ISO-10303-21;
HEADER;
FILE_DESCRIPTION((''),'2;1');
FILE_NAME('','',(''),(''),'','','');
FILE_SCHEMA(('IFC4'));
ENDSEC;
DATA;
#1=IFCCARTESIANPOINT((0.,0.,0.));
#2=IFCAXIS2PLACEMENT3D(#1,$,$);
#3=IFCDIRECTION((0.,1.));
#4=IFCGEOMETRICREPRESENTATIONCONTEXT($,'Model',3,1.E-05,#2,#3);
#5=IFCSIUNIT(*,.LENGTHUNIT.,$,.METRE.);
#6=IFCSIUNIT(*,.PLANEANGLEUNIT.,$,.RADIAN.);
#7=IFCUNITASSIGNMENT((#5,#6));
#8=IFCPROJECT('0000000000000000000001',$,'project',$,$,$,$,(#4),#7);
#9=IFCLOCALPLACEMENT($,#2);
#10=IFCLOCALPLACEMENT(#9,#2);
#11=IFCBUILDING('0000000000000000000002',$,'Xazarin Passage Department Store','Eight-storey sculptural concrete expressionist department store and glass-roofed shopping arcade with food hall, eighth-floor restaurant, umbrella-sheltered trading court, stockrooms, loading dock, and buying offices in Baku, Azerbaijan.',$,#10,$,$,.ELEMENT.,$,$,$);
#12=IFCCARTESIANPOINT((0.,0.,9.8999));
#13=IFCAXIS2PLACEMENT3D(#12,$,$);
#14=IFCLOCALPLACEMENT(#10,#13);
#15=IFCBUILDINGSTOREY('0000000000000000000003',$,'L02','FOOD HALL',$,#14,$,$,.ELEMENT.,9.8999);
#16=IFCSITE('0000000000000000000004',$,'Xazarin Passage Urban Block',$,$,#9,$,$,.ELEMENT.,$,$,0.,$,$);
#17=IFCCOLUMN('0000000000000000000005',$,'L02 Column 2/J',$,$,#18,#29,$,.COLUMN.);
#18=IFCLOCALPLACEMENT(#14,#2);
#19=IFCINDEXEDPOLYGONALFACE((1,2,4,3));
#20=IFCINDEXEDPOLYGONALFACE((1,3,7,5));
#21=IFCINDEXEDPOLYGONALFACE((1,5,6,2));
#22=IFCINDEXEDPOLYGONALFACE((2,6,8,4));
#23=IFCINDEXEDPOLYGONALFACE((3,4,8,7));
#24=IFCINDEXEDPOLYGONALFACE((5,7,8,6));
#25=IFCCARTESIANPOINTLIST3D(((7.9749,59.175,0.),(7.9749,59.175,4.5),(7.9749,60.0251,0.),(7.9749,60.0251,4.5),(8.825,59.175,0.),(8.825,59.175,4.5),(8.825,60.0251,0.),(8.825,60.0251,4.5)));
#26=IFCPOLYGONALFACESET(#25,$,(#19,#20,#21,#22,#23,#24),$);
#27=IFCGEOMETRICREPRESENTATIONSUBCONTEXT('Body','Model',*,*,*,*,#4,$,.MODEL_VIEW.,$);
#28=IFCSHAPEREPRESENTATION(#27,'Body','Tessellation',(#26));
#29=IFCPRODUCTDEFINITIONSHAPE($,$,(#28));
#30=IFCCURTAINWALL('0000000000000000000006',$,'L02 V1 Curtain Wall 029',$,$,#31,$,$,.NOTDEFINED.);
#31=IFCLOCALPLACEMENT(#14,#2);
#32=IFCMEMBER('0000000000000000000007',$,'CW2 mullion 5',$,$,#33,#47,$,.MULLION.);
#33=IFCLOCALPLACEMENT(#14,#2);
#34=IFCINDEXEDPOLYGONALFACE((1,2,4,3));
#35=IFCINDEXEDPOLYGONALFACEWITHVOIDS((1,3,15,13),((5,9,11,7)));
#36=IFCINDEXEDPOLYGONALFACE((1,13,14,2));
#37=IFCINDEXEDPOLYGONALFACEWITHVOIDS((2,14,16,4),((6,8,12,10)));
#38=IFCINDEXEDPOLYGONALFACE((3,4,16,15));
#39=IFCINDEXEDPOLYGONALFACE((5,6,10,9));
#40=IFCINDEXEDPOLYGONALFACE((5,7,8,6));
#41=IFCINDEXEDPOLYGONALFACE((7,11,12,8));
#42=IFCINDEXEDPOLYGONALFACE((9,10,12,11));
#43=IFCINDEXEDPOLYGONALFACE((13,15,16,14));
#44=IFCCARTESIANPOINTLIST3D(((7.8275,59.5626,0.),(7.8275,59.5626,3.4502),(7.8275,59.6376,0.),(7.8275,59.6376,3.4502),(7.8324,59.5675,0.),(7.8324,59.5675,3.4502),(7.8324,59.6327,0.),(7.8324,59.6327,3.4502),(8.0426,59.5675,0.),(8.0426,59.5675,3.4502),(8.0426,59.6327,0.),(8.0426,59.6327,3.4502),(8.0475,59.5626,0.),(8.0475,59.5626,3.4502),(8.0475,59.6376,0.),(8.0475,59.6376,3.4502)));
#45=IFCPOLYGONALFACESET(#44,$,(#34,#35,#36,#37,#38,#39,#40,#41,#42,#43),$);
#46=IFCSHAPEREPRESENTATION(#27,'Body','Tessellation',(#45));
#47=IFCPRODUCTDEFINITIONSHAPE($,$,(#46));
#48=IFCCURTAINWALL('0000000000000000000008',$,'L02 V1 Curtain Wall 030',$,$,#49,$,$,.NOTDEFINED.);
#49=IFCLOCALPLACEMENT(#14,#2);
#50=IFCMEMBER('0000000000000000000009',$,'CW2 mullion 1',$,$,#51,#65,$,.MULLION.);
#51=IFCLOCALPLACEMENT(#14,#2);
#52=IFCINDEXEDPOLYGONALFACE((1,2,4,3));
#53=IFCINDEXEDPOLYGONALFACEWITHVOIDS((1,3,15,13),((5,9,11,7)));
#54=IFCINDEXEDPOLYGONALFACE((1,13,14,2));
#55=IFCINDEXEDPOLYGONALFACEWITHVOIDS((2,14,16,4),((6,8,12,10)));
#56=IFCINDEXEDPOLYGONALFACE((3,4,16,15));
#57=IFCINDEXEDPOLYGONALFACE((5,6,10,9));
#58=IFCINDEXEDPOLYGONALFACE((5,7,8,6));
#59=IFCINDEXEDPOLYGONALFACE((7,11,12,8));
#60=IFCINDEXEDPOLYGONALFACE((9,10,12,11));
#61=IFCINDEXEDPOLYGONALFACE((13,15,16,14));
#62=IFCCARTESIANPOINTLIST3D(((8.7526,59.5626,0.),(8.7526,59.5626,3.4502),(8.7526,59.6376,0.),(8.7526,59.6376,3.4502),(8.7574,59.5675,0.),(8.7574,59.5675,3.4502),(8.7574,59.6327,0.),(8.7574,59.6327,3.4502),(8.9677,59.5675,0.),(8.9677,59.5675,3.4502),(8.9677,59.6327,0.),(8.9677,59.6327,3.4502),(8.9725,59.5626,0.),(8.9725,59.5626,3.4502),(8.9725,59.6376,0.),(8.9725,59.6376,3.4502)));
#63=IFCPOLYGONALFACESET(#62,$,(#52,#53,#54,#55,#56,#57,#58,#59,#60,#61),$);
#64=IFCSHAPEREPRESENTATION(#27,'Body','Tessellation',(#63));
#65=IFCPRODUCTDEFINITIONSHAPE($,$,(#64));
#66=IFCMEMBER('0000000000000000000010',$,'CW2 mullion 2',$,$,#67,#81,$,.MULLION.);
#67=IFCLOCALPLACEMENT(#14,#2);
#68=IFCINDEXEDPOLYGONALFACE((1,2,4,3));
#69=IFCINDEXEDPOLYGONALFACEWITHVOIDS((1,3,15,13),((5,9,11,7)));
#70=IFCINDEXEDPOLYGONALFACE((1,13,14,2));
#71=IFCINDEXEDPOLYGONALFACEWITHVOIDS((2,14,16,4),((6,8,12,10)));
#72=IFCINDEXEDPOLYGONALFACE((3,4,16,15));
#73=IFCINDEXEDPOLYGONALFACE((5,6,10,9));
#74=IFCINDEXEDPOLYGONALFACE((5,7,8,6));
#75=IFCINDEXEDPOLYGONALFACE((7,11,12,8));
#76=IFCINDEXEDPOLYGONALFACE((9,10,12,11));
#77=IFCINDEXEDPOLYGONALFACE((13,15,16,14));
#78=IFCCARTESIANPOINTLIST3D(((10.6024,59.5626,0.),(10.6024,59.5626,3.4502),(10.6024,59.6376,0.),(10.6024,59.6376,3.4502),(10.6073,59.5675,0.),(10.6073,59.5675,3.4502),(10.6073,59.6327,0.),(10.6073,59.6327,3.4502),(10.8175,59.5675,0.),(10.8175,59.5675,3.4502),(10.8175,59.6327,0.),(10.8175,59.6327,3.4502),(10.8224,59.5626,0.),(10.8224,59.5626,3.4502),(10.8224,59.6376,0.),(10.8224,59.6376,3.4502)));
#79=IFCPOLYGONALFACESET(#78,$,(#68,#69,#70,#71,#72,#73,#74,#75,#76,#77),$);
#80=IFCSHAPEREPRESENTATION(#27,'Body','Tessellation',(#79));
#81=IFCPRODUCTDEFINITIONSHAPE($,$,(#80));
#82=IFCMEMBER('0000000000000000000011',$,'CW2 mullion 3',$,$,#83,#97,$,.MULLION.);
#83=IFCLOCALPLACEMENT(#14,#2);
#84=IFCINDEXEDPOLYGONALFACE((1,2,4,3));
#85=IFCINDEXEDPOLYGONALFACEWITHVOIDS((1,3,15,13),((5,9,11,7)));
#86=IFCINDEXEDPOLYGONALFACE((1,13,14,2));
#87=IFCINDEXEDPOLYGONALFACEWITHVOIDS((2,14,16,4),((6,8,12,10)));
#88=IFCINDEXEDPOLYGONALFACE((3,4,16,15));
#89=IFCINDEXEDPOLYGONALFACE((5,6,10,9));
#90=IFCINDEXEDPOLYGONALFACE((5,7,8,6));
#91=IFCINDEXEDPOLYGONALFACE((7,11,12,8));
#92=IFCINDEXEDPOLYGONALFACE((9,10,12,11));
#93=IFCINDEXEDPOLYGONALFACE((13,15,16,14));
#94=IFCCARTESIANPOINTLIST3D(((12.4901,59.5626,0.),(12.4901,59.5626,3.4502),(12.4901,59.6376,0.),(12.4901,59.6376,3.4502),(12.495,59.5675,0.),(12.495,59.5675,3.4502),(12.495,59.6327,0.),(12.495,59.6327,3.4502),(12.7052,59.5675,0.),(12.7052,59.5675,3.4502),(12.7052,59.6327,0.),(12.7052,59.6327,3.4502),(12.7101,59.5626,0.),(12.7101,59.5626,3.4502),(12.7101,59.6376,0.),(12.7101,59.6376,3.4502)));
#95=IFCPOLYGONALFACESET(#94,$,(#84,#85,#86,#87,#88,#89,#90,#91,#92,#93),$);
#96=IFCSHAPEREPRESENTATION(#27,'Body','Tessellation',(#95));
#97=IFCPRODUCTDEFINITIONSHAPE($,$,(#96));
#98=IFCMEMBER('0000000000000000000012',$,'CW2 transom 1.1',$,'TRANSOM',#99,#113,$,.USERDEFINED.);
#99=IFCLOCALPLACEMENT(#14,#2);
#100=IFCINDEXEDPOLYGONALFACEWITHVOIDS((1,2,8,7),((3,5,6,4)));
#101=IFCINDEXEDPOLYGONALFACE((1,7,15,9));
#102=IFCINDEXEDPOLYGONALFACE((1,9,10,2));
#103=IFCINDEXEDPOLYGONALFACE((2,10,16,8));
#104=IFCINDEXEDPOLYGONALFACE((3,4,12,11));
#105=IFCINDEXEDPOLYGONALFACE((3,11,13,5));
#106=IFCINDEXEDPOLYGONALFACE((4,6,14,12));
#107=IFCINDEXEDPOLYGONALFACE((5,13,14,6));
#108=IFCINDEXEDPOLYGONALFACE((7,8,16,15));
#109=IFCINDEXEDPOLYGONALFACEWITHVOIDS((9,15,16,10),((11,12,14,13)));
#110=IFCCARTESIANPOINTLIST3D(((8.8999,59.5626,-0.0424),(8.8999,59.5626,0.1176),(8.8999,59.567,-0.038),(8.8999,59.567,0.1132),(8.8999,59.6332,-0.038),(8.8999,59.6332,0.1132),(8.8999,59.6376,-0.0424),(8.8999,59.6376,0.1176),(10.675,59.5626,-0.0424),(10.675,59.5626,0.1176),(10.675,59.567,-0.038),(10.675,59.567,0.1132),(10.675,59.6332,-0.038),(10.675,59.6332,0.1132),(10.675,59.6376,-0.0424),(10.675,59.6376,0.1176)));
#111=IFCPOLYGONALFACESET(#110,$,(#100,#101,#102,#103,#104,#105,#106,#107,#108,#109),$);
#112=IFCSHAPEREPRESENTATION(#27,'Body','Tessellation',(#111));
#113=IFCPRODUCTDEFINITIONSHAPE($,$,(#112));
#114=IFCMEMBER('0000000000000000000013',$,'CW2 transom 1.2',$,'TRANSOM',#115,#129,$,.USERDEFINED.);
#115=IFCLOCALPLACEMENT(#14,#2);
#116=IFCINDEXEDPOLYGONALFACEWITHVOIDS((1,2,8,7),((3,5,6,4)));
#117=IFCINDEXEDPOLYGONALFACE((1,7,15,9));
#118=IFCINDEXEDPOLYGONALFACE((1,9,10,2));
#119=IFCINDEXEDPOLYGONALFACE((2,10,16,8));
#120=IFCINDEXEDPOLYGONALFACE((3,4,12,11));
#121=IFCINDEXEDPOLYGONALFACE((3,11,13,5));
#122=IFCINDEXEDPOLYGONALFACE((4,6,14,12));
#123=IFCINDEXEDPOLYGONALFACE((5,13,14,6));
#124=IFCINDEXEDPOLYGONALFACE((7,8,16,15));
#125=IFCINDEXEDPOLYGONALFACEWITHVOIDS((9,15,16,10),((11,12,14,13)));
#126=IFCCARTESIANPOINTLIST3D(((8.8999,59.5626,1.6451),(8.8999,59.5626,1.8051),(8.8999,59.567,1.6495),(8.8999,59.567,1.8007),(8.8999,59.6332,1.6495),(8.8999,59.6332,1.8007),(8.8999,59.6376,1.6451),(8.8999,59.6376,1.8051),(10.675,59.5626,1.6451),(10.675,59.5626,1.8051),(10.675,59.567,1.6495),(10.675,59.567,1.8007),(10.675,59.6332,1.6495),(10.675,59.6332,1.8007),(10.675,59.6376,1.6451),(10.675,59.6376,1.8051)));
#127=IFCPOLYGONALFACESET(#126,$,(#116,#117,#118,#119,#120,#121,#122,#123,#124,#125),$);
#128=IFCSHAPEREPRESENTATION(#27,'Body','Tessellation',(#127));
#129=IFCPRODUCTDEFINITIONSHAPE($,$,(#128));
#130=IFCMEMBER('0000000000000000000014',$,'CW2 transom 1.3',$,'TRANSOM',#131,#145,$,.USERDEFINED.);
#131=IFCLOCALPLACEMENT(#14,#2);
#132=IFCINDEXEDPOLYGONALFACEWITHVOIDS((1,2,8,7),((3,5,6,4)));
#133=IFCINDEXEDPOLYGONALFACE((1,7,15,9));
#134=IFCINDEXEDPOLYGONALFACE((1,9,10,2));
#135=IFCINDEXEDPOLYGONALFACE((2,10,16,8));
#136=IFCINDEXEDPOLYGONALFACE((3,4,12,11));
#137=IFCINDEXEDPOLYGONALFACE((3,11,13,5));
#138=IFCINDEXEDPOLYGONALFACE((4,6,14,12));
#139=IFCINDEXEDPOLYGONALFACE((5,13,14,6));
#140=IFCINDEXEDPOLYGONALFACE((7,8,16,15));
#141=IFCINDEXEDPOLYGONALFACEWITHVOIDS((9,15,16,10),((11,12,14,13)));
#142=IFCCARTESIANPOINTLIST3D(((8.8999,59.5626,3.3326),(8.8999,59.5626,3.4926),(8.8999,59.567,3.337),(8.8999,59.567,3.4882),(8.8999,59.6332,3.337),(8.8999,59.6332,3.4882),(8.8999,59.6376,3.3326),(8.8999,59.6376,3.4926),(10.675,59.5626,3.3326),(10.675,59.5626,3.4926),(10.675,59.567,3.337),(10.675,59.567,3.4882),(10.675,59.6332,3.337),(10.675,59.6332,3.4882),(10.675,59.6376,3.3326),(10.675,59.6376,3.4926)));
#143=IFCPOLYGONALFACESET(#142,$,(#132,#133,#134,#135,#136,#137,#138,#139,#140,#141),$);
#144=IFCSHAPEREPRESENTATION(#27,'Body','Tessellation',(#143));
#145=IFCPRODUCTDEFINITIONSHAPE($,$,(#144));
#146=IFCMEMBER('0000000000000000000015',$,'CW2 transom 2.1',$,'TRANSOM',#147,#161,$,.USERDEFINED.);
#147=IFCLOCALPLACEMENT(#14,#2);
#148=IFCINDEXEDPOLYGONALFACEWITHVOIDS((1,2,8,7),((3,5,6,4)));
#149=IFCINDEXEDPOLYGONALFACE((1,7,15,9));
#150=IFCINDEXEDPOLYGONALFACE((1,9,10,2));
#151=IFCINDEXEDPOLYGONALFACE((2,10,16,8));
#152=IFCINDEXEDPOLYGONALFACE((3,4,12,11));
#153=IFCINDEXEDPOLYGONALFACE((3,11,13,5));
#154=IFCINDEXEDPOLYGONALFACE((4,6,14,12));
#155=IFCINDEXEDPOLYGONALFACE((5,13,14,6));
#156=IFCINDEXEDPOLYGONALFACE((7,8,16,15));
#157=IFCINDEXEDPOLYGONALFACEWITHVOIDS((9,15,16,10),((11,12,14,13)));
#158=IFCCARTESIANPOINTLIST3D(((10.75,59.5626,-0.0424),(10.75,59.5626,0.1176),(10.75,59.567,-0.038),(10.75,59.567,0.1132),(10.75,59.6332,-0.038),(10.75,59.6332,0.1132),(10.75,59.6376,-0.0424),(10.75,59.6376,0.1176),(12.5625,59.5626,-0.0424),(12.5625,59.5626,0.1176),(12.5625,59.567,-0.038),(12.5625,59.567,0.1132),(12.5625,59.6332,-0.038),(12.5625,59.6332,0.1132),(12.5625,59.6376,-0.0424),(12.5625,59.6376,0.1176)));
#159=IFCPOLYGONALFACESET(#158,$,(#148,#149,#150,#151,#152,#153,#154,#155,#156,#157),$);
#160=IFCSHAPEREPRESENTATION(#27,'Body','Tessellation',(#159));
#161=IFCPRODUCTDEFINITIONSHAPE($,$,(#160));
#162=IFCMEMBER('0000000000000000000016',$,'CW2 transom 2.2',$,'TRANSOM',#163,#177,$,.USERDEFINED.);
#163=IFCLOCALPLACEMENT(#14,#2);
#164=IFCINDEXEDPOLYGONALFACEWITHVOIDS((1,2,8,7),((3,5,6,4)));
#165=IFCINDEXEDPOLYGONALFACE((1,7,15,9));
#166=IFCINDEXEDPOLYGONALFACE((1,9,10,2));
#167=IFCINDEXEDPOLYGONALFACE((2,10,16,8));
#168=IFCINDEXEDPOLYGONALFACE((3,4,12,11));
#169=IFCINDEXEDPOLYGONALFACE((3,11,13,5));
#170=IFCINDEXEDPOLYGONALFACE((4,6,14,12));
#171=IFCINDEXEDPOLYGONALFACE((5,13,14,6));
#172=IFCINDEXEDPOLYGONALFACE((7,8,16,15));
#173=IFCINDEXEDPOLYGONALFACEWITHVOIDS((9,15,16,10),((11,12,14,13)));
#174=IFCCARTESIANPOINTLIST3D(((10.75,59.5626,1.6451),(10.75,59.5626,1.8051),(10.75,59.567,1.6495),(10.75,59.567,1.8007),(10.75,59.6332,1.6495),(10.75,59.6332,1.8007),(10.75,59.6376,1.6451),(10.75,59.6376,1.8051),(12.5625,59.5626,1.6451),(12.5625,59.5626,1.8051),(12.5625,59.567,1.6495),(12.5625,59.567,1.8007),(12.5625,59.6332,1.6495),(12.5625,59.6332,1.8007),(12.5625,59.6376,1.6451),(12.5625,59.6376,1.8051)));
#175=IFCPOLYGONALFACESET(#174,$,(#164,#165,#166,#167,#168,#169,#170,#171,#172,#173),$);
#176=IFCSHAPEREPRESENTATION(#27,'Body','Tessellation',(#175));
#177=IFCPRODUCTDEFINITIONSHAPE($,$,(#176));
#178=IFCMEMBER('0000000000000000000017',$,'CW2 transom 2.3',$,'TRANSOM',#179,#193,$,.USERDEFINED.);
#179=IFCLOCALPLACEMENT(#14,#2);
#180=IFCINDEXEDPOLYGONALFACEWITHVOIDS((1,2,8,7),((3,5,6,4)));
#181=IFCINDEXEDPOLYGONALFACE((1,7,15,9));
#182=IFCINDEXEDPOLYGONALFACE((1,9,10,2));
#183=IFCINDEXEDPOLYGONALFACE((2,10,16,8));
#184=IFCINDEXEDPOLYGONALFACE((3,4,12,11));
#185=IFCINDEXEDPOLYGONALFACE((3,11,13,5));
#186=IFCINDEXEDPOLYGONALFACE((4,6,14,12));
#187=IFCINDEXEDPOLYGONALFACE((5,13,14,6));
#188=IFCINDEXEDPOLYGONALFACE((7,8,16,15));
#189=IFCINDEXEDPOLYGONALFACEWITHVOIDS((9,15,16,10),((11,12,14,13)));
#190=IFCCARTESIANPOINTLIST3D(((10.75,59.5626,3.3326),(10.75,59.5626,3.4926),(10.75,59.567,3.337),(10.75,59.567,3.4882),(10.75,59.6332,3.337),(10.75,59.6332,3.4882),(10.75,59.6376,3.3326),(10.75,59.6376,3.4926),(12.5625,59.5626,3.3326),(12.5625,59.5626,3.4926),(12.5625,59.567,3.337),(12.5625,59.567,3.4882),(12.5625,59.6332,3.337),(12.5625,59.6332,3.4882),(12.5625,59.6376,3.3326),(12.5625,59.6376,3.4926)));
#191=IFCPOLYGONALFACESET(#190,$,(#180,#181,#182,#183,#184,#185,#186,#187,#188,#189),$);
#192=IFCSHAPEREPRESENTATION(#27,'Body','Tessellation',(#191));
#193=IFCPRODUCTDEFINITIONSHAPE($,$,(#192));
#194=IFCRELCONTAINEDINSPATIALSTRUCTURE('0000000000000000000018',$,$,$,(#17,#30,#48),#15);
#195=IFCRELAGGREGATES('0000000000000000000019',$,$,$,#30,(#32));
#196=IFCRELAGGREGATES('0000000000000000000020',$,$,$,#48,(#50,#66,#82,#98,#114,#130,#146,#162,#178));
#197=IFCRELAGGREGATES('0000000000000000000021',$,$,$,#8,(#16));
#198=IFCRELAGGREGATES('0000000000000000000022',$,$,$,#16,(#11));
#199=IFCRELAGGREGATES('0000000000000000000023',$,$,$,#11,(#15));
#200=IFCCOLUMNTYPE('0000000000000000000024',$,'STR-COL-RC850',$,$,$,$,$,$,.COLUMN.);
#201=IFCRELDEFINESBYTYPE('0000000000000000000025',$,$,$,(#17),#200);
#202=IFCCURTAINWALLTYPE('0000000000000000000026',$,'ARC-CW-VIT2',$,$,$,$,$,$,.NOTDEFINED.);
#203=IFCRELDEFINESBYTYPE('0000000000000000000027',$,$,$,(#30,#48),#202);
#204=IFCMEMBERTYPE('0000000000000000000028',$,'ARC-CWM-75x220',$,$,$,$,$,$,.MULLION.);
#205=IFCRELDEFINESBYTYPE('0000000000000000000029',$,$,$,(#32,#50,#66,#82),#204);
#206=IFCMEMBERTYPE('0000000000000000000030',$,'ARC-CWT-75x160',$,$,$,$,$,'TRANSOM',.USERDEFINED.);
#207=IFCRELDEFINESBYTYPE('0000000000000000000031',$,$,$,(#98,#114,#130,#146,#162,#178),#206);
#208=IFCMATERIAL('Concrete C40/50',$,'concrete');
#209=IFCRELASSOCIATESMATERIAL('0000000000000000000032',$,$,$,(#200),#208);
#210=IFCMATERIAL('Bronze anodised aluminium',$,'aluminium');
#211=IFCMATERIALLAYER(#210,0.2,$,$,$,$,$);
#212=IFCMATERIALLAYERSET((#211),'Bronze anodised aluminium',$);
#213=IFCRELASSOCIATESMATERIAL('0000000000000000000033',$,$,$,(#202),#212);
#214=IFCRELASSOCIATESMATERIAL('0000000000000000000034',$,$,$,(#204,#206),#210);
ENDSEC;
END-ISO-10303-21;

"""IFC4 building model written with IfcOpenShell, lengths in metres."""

from ifc_helpers import new_model, si_unit, direction, frame, origin, origin_2d, place, context, subcontext, project, spatial, rectangle, hollow_rectangle, extrude, material, layer, layer_set, material_profile, profile_set, type_object, element, aggregate, save


model = new_model("IFC4")

# Units and contexts
model_context = context("Model", 3, precision=1e-05, world=origin(), true_north=direction((0.0, 1.0)))
body_context = subcontext(model_context, "Body", "Model", "MODEL_VIEW")
ifc_project = project(units=[si_unit("LENGTHUNIT", "METRE"), si_unit("PLANEANGLEUNIT", "RADIAN")], contexts=[model_context])

# Site, building, storey
site_placement = place(None, origin())
site = spatial("IfcSite", under=ifc_project, at=site_placement, Name="Xazarin Passage Urban Block", CompositionType="ELEMENT", RefElevation=0.0)
building_placement = place(site_placement, origin())
building = spatial("IfcBuilding", under=site, at=building_placement, Name="Xazarin Passage Department Store", Description="Eight-storey sculptural concrete expressionist department store and glass-roofed shopping arcade with food hall, eighth-floor restaurant, umbrella-sheltered trading court, stockrooms, loading dock, and buying offices in Baku, Azerbaijan.", CompositionType="ELEMENT")
storey_placement = place(building_placement, frame((0.0, 0.0, 9.8999)))
storey = spatial("IfcBuildingStorey", under=building, at=storey_placement, Name="L02", Description="FOOD HALL", CompositionType="ELEMENT", Elevation=9.8999)

# Column
ifc_material_1 = material(Name="Concrete C40/50", Category="concrete")
ifc_material_profile_1 = material_profile(ifc_material_1, rectangle(XDim=0.8501, YDim=0.8501, at=origin_2d()), Name="RC 850x850")
ifc_profile_set_1 = profile_set([ifc_material_profile_1], Name="Concrete C40/50")
column_type = type_object("IfcColumnType", Name="STR-COL-RC850", PredefinedType="COLUMN", material=ifc_profile_set_1)
column_placement = place(storey_placement, frame((8.3999, 59.6001, 0.0), z_axis=(0.0, 0.0, 1.0), x_axis=(1.0, 0.0, 0.0)))
element("IfcColumn", 1, at=column_placement, inside=storey, type_object=column_type, Name="L02 Column 2/J", PredefinedType="COLUMN", context=body_context, shape_type="SweptSolid", body=[
    extrude(rectangle(XDim=0.8501, YDim=0.8501, at=origin_2d()), origin(), (0.0, 0.0, 1.0), 4.5),
])

# Curtain wall, member
ifc_material_2 = material(Name="Bronze anodised aluminium", Category="aluminium")
ifc_layer_1 = layer(ifc_material_2, 0.2)
ifc_layer_set_1 = layer_set([ifc_layer_1], Name="Bronze anodised aluminium")
curtain_wall_type = type_object("IfcCurtainWallType", Name="ARC-CW-VIT2", PredefinedType="NOTDEFINED", material=ifc_layer_set_1)
curtain_wall_1_placement = place(storey_placement, origin())
curtain_wall_1 = element("IfcCurtainWall", 2, at=curtain_wall_1_placement, inside=storey, type_object=curtain_wall_type, Name="L02 V1 Curtain Wall 029", PredefinedType="NOTDEFINED")
ifc_material_profile_2 = material_profile(ifc_material_2, hollow_rectangle(XDim=0.075, YDim=0.22, WallThickness=0.0049, at=origin_2d()), Name="ALU 75x220")
ifc_profile_set_2 = profile_set([ifc_material_profile_2], Name="Bronze anodised aluminium")
member_type_1 = type_object("IfcMemberType", Name="ARC-CWM-75x220", PredefinedType="MULLION", material=ifc_profile_set_2)
member_1_placement = place(storey_placement, frame((7.9375, 59.6001, 0.0), z_axis=(0.0, 0.0, 1.0), x_axis=(0.0, 1.0, 0.0)))
member_1 = element("IfcMember", 3, at=member_1_placement, type_object=member_type_1, Name="CW2 mullion 5", PredefinedType="MULLION", context=body_context, shape_type="SweptSolid", body=[
    extrude(hollow_rectangle(XDim=0.075, YDim=0.22, WallThickness=0.0049, at=origin_2d()), origin(), (0.0, 0.0, 1.0), 3.4502),
])

# Curtain wall, members
curtain_wall_2_placement = place(storey_placement, origin())
curtain_wall_2 = element("IfcCurtainWall", 4, at=curtain_wall_2_placement, inside=storey, type_object=curtain_wall_type, Name="L02 V1 Curtain Wall 030", PredefinedType="NOTDEFINED")
member_2_placement = place(storey_placement, frame((8.8625, 59.6001, 0.0), z_axis=(0.0, 0.0, 1.0), x_axis=(0.0, 1.0, 0.0)))
member_2 = element("IfcMember", 5, at=member_2_placement, type_object=member_type_1, Name="CW2 mullion 1", PredefinedType="MULLION", context=body_context, shape_type="SweptSolid", body=[
    extrude(hollow_rectangle(XDim=0.075, YDim=0.22, WallThickness=0.0049, at=origin_2d()), origin(), (0.0, 0.0, 1.0), 3.4502),
])
member_3_placement = place(storey_placement, frame((10.7124, 59.6001, 0.0), z_axis=(0.0, 0.0, 1.0), x_axis=(0.0, 1.0, 0.0)))
member_3 = element("IfcMember", 6, at=member_3_placement, type_object=member_type_1, Name="CW2 mullion 2", PredefinedType="MULLION", context=body_context, shape_type="SweptSolid", body=[
    extrude(hollow_rectangle(XDim=0.075, YDim=0.22, WallThickness=0.0049, at=origin_2d()), origin(), (0.0, 0.0, 1.0), 3.4502),
])
member_4_placement = place(storey_placement, frame((12.6001, 59.6001, 0.0), z_axis=(0.0, 0.0, 1.0), x_axis=(0.0, 1.0, 0.0)))
member_4 = element("IfcMember", 7, at=member_4_placement, type_object=member_type_1, Name="CW2 mullion 3", PredefinedType="MULLION", context=body_context, shape_type="SweptSolid", body=[
    extrude(hollow_rectangle(XDim=0.075, YDim=0.22, WallThickness=0.0049, at=origin_2d()), origin(), (0.0, 0.0, 1.0), 3.4502),
])
ifc_material_profile_3 = material_profile(ifc_material_2, hollow_rectangle(XDim=0.075, YDim=0.1599, WallThickness=0.0044, at=origin_2d()), Name="ALU 75x160")
ifc_profile_set_3 = profile_set([ifc_material_profile_3], Name="Bronze anodised aluminium")
member_type_2 = type_object("IfcMemberType", Name="ARC-CWT-75x160", ElementType="TRANSOM", PredefinedType="USERDEFINED", material=ifc_profile_set_3)
member_5_placement = place(storey_placement, frame((8.8999, 59.6001, 0.0376), z_axis=(1.0, 0.0, 0.0), x_axis=(0.0, 1.0, 0.0)))
member_5 = element("IfcMember", 8, at=member_5_placement, type_object=member_type_2, Name="CW2 transom 1.1", ObjectType="TRANSOM", PredefinedType="USERDEFINED", context=body_context, shape_type="SweptSolid", body=[
    extrude(hollow_rectangle(XDim=0.075, YDim=0.1599, WallThickness=0.0044, at=origin_2d()), origin(), (0.0, 0.0, 1.0), 1.7751),
])
member_6_placement = place(storey_placement, frame((8.8999, 59.6001, 1.7251), z_axis=(1.0, 0.0, 0.0), x_axis=(0.0, 1.0, 0.0)))
member_6 = element("IfcMember", 9, at=member_6_placement, type_object=member_type_2, Name="CW2 transom 1.2", ObjectType="TRANSOM", PredefinedType="USERDEFINED", context=body_context, shape_type="SweptSolid", body=[
    extrude(hollow_rectangle(XDim=0.075, YDim=0.1599, WallThickness=0.0044, at=origin_2d()), origin(), (0.0, 0.0, 1.0), 1.7751),
])
member_7_placement = place(storey_placement, frame((8.8999, 59.6001, 3.4126), z_axis=(1.0, 0.0, 0.0), x_axis=(0.0, 1.0, 0.0)))
member_7 = element("IfcMember", 10, at=member_7_placement, type_object=member_type_2, Name="CW2 transom 1.3", ObjectType="TRANSOM", PredefinedType="USERDEFINED", context=body_context, shape_type="SweptSolid", body=[
    extrude(hollow_rectangle(XDim=0.075, YDim=0.1599, WallThickness=0.0044, at=origin_2d()), origin(), (0.0, 0.0, 1.0), 1.7751),
])
member_8_placement = place(storey_placement, frame((10.75, 59.6001, 0.0376), z_axis=(1.0, 0.0, 0.0), x_axis=(0.0, 1.0, 0.0)))
member_8 = element("IfcMember", 11, at=member_8_placement, type_object=member_type_2, Name="CW2 transom 2.1", ObjectType="TRANSOM", PredefinedType="USERDEFINED", context=body_context, shape_type="SweptSolid", body=[
    extrude(hollow_rectangle(XDim=0.075, YDim=0.1599, WallThickness=0.0044, at=origin_2d()), origin(), (0.0, 0.0, 1.0), 1.8125),
])
member_9_placement = place(storey_placement, frame((10.75, 59.6001, 1.7251), z_axis=(1.0, 0.0, 0.0), x_axis=(0.0, 1.0, 0.0)))
member_9 = element("IfcMember", 12, at=member_9_placement, type_object=member_type_2, Name="CW2 transom 2.2", ObjectType="TRANSOM", PredefinedType="USERDEFINED", context=body_context, shape_type="SweptSolid", body=[
    extrude(hollow_rectangle(XDim=0.075, YDim=0.1599, WallThickness=0.0044, at=origin_2d()), origin(), (0.0, 0.0, 1.0), 1.8125),
])
member_10_placement = place(storey_placement, frame((10.75, 59.6001, 3.4126), z_axis=(1.0, 0.0, 0.0), x_axis=(0.0, 1.0, 0.0)))
member_10 = element("IfcMember", 13, at=member_10_placement, type_object=member_type_2, Name="CW2 transom 2.3", ObjectType="TRANSOM", PredefinedType="USERDEFINED", context=body_context, shape_type="SweptSolid", body=[
    extrude(hollow_rectangle(XDim=0.075, YDim=0.1599, WallThickness=0.0044, at=origin_2d()), origin(), (0.0, 0.0, 1.0), 1.8125),
])

aggregate(curtain_wall_1, [member_1])
aggregate(curtain_wall_2, [member_2, member_3, member_4, member_5, member_6, member_7, member_8, member_9, member_10])

save(model, "model.ifc")
